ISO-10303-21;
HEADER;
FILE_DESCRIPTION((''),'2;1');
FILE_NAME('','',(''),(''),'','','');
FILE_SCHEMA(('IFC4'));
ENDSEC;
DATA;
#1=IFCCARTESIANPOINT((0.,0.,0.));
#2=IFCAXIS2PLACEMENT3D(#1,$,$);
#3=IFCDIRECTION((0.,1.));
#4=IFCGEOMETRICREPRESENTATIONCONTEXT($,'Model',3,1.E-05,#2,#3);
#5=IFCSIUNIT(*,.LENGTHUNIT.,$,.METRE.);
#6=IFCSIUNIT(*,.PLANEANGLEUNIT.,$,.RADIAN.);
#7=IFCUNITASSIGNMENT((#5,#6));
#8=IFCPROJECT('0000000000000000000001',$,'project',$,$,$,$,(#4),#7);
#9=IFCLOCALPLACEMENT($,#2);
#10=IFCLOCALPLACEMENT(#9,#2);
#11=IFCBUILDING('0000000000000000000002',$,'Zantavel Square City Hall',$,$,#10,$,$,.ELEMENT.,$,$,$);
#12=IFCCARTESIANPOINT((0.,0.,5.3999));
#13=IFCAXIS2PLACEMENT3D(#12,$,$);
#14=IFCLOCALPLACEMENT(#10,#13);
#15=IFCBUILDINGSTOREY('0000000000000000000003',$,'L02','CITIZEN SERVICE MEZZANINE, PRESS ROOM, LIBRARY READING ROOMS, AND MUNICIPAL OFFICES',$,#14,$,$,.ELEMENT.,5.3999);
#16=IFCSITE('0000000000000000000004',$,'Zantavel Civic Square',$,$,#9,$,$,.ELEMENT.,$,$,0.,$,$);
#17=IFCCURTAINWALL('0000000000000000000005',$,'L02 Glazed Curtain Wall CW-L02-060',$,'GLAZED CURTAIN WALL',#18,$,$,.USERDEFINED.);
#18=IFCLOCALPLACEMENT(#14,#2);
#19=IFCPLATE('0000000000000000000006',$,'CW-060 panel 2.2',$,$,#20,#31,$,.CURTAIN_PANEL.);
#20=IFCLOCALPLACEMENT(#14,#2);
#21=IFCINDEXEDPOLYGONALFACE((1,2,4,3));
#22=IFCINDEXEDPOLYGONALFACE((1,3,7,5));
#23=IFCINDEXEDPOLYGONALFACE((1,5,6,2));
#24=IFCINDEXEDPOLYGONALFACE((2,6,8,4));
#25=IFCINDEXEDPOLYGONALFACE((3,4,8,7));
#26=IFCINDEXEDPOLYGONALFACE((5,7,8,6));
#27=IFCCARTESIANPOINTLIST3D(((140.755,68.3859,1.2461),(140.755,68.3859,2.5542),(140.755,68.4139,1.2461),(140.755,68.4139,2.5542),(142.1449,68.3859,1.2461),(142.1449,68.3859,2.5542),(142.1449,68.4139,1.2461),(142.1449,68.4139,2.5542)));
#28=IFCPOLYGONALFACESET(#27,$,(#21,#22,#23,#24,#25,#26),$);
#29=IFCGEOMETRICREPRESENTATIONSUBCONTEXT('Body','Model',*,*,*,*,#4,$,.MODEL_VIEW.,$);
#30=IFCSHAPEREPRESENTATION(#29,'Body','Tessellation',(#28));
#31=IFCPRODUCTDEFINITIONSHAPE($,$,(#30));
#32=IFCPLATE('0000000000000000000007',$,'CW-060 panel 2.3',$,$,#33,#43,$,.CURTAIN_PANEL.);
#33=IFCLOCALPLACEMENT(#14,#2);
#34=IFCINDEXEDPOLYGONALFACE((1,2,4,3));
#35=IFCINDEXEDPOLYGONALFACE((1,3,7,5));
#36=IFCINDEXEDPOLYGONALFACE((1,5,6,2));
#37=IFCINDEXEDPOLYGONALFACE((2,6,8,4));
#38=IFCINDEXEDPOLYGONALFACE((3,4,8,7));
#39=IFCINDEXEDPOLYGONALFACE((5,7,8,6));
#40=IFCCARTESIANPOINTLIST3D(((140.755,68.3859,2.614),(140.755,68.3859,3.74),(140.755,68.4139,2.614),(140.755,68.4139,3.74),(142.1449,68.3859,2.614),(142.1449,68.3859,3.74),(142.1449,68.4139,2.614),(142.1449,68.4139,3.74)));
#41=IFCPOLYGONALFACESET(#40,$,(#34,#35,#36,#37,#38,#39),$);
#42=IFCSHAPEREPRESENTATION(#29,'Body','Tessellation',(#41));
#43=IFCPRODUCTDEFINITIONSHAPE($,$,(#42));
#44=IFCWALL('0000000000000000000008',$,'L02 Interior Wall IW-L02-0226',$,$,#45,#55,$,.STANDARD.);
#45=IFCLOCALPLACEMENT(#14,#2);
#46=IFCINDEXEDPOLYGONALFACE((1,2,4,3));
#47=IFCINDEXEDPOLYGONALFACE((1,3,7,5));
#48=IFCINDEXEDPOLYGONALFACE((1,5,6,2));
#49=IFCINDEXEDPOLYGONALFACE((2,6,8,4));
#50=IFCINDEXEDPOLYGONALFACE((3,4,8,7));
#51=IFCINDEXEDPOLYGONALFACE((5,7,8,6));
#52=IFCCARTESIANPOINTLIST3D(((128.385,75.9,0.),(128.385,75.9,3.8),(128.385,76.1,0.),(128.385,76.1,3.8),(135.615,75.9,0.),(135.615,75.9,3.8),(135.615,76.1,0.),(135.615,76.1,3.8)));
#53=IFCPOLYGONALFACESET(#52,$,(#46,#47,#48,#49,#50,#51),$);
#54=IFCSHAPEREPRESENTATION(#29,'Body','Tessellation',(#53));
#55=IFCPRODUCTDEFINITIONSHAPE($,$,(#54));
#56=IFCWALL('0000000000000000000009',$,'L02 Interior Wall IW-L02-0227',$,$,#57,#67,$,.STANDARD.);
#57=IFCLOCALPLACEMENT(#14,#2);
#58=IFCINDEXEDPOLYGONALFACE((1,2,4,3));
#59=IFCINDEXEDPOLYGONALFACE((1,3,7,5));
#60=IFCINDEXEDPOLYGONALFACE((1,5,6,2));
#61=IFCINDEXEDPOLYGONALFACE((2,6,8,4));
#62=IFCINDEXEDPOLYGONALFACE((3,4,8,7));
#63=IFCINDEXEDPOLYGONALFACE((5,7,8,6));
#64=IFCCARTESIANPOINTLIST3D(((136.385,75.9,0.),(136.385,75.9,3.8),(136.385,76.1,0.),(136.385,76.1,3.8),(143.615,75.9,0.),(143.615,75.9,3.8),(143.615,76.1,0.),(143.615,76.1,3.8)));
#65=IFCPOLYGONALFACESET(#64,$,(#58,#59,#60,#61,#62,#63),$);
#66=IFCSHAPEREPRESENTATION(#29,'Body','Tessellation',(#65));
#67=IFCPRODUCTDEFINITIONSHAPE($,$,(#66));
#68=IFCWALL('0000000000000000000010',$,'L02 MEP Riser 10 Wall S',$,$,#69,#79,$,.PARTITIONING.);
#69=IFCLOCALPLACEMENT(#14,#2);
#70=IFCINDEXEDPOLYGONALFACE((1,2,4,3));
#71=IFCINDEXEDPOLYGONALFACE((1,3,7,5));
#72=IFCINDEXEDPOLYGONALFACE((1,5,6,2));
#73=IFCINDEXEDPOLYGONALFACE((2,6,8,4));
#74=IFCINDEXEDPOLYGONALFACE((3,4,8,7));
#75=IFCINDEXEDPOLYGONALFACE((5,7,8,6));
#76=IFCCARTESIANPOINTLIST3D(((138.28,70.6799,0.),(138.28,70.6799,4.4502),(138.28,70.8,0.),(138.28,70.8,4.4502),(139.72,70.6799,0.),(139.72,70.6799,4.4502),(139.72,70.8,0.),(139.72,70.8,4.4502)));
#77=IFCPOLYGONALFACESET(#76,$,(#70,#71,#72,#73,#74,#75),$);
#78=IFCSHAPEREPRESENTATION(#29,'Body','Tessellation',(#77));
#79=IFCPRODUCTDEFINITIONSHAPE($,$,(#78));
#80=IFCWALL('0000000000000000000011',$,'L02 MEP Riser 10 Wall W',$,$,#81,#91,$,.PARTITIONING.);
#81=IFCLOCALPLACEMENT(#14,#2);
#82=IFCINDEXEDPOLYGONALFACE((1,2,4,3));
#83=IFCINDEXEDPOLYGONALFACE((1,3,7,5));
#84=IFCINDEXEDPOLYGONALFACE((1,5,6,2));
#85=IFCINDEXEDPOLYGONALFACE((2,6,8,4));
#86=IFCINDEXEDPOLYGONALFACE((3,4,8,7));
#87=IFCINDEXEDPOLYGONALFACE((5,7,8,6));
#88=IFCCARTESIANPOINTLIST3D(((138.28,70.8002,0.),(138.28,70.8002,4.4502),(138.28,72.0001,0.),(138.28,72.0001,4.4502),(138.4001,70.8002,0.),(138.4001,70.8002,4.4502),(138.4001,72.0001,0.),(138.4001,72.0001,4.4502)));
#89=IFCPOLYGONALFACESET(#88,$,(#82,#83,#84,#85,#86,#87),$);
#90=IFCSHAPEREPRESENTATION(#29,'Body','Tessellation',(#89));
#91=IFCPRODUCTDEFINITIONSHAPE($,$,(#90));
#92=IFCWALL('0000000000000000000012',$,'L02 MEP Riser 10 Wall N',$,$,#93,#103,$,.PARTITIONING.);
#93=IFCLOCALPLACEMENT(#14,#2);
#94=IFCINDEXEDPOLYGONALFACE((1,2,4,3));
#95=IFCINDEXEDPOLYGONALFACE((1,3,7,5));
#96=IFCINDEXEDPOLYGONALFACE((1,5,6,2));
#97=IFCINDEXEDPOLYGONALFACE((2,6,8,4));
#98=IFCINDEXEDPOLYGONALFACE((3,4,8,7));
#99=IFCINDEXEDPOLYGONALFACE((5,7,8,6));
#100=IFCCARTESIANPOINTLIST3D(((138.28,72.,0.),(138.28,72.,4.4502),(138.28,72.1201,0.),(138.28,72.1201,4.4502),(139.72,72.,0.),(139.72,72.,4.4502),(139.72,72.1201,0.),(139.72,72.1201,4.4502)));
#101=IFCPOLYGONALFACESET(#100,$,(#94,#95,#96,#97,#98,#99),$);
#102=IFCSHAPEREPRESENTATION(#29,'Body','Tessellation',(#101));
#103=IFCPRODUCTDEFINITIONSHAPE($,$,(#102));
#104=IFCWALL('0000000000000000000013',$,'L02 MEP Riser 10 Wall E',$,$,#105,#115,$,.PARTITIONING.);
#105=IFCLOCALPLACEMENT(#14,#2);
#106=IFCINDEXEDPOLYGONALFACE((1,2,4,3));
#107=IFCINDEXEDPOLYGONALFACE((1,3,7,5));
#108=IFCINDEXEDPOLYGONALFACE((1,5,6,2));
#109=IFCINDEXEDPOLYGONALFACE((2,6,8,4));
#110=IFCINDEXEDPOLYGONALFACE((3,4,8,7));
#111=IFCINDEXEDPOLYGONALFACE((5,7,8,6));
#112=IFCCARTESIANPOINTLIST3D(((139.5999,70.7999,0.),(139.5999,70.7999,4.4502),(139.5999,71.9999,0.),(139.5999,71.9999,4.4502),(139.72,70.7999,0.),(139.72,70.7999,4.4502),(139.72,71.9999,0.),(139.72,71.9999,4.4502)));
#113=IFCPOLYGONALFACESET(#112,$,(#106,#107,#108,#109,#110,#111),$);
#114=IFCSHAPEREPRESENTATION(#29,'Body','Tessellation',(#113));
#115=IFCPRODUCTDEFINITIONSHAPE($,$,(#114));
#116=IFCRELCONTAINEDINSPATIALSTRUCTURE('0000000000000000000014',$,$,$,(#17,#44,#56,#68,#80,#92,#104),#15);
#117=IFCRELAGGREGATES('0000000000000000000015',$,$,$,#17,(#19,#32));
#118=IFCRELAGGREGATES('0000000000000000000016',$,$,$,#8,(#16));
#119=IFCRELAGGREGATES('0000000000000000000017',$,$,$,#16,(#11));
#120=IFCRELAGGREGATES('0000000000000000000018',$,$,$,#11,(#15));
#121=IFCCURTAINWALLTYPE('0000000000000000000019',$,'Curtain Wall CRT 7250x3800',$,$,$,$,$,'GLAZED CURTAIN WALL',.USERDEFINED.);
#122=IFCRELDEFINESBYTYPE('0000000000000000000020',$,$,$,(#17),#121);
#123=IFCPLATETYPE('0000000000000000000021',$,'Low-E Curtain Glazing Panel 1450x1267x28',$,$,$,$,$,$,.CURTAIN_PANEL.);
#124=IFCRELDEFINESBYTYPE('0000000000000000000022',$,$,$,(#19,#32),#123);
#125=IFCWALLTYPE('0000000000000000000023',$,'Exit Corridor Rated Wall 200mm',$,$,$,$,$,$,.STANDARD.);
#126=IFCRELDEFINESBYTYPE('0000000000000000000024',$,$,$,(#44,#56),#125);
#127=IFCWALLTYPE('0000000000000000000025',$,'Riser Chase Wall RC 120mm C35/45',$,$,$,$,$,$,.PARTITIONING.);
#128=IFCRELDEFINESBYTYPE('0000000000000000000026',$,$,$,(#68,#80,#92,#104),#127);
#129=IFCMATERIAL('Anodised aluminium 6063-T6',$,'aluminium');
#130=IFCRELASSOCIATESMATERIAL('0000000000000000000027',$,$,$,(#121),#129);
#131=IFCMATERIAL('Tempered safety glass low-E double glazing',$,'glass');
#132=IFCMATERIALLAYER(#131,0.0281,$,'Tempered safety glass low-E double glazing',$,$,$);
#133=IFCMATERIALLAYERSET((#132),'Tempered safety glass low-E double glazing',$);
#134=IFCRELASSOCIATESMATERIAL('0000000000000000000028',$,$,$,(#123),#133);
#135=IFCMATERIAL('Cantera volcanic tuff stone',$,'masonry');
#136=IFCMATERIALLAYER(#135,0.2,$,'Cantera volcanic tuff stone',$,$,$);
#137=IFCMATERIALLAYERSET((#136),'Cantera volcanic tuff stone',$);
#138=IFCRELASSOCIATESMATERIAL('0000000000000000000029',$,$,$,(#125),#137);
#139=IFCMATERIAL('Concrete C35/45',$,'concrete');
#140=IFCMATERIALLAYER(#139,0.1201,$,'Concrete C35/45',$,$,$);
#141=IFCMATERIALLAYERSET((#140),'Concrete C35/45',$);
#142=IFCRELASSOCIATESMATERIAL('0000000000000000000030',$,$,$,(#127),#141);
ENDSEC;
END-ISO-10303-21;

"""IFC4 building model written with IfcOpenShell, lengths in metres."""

from ifc_helpers import new_model, si_unit, direction, frame, frame_2d, origin, origin_2d, place, context, subcontext, project, spatial, rectangle, extrude, material, layer, layer_set, type_object, element, aggregate, save


model = new_model("IFC4")

# Units and contexts
model_context = context("Model", 3, precision=1e-05, world=origin(), true_north=direction((0.0, 1.0)))
body_context = subcontext(model_context, "Body", "Model", "MODEL_VIEW")
ifc_project = project(units=[si_unit("LENGTHUNIT", "METRE"), si_unit("PLANEANGLEUNIT", "RADIAN")], contexts=[model_context])

# Site, building, storey
site_placement = place(None, origin())
site = spatial("IfcSite", under=ifc_project, at=site_placement, Name="Zantavel Civic Square", CompositionType="ELEMENT", RefElevation=0.0)
building_placement = place(site_placement, origin())
building = spatial("IfcBuilding", under=site, at=building_placement, Name="Zantavel Square City Hall", CompositionType="ELEMENT")
storey_placement = place(building_placement, frame((0.0, 0.0, 5.3999)))
storey = spatial("IfcBuildingStorey", under=building, at=storey_placement, Name="L02", Description="CITIZEN SERVICE MEZZANINE, PRESS ROOM, LIBRARY READING ROOMS, AND MUNICIPAL OFFICES", CompositionType="ELEMENT", Elevation=5.3999)

# Shared definitions
ifc_material_1 = material(Name="Concrete C35/45", Category="concrete")

# Curtain wall
ifc_material_2 = material(Name="Anodised aluminium 6063-T6", Category="aluminium")
curtain_wall_type = type_object("IfcCurtainWallType", Name="Curtain Wall CRT 7250x3800", ElementType="GLAZED CURTAIN WALL", PredefinedType="USERDEFINED", material=ifc_material_2)
curtain_wall_placement = place(storey_placement, origin())
curtain_wall = element("IfcCurtainWall", 1, at=curtain_wall_placement, inside=storey, type_object=curtain_wall_type, Name="L02 Glazed Curtain Wall CW-L02-060", ObjectType="GLAZED CURTAIN WALL", PredefinedType="USERDEFINED")

# Plates
ifc_material_3 = material(Name="Tempered safety glass low-E double glazing", Category="glass")
ifc_layer_1 = layer(ifc_material_3, 0.0281, Name="Tempered safety glass low-E double glazing")
ifc_layer_set_1 = layer_set([ifc_layer_1], Name="Tempered safety glass low-E double glazing")
plate_type = type_object("IfcPlateType", Name="Low-E Curtain Glazing Panel 1450x1267x28", PredefinedType="CURTAIN_PANEL", material=ifc_layer_set_1)
plate_1_placement = place(storey_placement, frame((141.45, 68.3999, 1.2461), z_axis=(0.0, 0.0, 1.0), x_axis=(-1.0, 0.0, 0.0)))
plate_1 = element("IfcPlate", 2, at=plate_1_placement, type_object=plate_type, Name="CW-060 panel 2.2", PredefinedType="CURTAIN_PANEL", context=body_context, shape_type="SweptSolid", body=[
    extrude(rectangle(XDim=1.3899, YDim=0.0281, at=origin_2d()), origin(), (0.0, 0.0, 1.0), 1.3081),
])
plate_2_placement = place(storey_placement, frame((141.45, 68.3999, 2.614), z_axis=(0.0, 0.0, 1.0), x_axis=(-1.0, 0.0, 0.0)))
plate_2 = element("IfcPlate", 3, at=plate_2_placement, type_object=plate_type, Name="CW-060 panel 2.3", PredefinedType="CURTAIN_PANEL", context=body_context, shape_type="SweptSolid", body=[
    extrude(rectangle(XDim=1.3899, YDim=0.0281, at=origin_2d()), origin(), (0.0, 0.0, 1.0), 1.126),
])
aggregate(curtain_wall, [plate_1, plate_2])

# Walls
ifc_material_4 = material(Name="Cantera volcanic tuff stone", Category="masonry")
ifc_layer_2 = layer(ifc_material_4, 0.2, Name="Cantera volcanic tuff stone")
ifc_layer_set_2 = layer_set([ifc_layer_2], Name="Cantera volcanic tuff stone")
wall_type_1 = type_object("IfcWallType", Name="Exit Corridor Rated Wall 200mm", PredefinedType="STANDARD", material=ifc_layer_set_2)
for number, where, z_axis, x_axis, name in (
    (4, (128.385, 76.0, 0.0), (0.0, 0.0, 1.0), (1.0, 0.0, 0.0), "L02 Interior Wall IW-L02-0226"),
    (5, (136.385, 76.0, 0.0), (0.0, 0.0, 1.0), (1.0, 0.0, 0.0), "L02 Interior Wall IW-L02-0227"),
):
    element("IfcWall", number, at=place(storey_placement, frame(where, z_axis=z_axis, x_axis=x_axis)), inside=storey, type_object=wall_type_1, Name=name, PredefinedType="STANDARD", context=body_context, shape_type="SweptSolid", body=[
        extrude(rectangle(XDim=7.23, YDim=0.2, at=frame_2d((3.615, 0.0))), origin(), (0.0, 0.0, 1.0), 3.8),
    ])
ifc_layer_3 = layer(ifc_material_1, 0.1201, Name="Concrete C35/45")
ifc_layer_set_3 = layer_set([ifc_layer_3], Name="Concrete C35/45")
wall_type_2 = type_object("IfcWallType", Name="Riser Chase Wall RC 120mm C35/45", PredefinedType="PARTITIONING", material=ifc_layer_set_3)
wall_1_placement = place(storey_placement, frame((139.72, 70.74, 0.0), z_axis=(0.0, 0.0, 1.0), x_axis=(-1.0, 0.0, 0.0)))
element("IfcWall", 6, at=wall_1_placement, inside=storey, type_object=wall_type_2, Name="L02 MEP Riser 10 Wall S", PredefinedType="PARTITIONING", context=body_context, shape_type="SweptSolid", body=[
    extrude(rectangle(XDim=1.4399, YDim=0.1201, at=frame_2d((0.72, 0.0))), origin(), (0.0, 0.0, 1.0), 4.4502),
])
wall_2_placement = place(storey_placement, frame((138.3401, 70.8, 0.0), z_axis=(0.0, 0.0, 1.0), x_axis=(0.0, 1.0, 0.0)))
element("IfcWall", 7, at=wall_2_placement, inside=storey, type_object=wall_type_2, Name="L02 MEP Riser 10 Wall W", PredefinedType="PARTITIONING", context=body_context, shape_type="SweptSolid", body=[
    extrude(rectangle(XDim=1.2, YDim=0.1201, at=frame_2d((0.6001, 0.0))), origin(), (0.0, 0.0, 1.0), 4.4502),
])
wall_3_placement = place(storey_placement, frame((138.28, 72.0601, 0.0), z_axis=(0.0, 0.0, 1.0), x_axis=(1.0, 0.0, 0.0)))
element("IfcWall", 8, at=wall_3_placement, inside=storey, type_object=wall_type_2, Name="L02 MEP Riser 10 Wall N", PredefinedType="PARTITIONING", context=body_context, shape_type="SweptSolid", body=[
    extrude(rectangle(XDim=1.4399, YDim=0.1201, at=frame_2d((0.72, 0.0))), origin(), (0.0, 0.0, 1.0), 4.4502),
])
wall_4_placement = place(storey_placement, frame((139.6599, 72.0, 0.0), z_axis=(0.0, 0.0, 1.0), x_axis=(0.0, -1.0, 0.0)))
element("IfcWall", 9, at=wall_4_placement, inside=storey, type_object=wall_type_2, Name="L02 MEP Riser 10 Wall E", PredefinedType="PARTITIONING", context=body_context, shape_type="SweptSolid", body=[
    extrude(rectangle(XDim=1.2, YDim=0.1201, at=frame_2d((0.6001, 0.0))), origin(), (0.0, 0.0, 1.0), 4.4502),
])

save(model, "model.ifc")
